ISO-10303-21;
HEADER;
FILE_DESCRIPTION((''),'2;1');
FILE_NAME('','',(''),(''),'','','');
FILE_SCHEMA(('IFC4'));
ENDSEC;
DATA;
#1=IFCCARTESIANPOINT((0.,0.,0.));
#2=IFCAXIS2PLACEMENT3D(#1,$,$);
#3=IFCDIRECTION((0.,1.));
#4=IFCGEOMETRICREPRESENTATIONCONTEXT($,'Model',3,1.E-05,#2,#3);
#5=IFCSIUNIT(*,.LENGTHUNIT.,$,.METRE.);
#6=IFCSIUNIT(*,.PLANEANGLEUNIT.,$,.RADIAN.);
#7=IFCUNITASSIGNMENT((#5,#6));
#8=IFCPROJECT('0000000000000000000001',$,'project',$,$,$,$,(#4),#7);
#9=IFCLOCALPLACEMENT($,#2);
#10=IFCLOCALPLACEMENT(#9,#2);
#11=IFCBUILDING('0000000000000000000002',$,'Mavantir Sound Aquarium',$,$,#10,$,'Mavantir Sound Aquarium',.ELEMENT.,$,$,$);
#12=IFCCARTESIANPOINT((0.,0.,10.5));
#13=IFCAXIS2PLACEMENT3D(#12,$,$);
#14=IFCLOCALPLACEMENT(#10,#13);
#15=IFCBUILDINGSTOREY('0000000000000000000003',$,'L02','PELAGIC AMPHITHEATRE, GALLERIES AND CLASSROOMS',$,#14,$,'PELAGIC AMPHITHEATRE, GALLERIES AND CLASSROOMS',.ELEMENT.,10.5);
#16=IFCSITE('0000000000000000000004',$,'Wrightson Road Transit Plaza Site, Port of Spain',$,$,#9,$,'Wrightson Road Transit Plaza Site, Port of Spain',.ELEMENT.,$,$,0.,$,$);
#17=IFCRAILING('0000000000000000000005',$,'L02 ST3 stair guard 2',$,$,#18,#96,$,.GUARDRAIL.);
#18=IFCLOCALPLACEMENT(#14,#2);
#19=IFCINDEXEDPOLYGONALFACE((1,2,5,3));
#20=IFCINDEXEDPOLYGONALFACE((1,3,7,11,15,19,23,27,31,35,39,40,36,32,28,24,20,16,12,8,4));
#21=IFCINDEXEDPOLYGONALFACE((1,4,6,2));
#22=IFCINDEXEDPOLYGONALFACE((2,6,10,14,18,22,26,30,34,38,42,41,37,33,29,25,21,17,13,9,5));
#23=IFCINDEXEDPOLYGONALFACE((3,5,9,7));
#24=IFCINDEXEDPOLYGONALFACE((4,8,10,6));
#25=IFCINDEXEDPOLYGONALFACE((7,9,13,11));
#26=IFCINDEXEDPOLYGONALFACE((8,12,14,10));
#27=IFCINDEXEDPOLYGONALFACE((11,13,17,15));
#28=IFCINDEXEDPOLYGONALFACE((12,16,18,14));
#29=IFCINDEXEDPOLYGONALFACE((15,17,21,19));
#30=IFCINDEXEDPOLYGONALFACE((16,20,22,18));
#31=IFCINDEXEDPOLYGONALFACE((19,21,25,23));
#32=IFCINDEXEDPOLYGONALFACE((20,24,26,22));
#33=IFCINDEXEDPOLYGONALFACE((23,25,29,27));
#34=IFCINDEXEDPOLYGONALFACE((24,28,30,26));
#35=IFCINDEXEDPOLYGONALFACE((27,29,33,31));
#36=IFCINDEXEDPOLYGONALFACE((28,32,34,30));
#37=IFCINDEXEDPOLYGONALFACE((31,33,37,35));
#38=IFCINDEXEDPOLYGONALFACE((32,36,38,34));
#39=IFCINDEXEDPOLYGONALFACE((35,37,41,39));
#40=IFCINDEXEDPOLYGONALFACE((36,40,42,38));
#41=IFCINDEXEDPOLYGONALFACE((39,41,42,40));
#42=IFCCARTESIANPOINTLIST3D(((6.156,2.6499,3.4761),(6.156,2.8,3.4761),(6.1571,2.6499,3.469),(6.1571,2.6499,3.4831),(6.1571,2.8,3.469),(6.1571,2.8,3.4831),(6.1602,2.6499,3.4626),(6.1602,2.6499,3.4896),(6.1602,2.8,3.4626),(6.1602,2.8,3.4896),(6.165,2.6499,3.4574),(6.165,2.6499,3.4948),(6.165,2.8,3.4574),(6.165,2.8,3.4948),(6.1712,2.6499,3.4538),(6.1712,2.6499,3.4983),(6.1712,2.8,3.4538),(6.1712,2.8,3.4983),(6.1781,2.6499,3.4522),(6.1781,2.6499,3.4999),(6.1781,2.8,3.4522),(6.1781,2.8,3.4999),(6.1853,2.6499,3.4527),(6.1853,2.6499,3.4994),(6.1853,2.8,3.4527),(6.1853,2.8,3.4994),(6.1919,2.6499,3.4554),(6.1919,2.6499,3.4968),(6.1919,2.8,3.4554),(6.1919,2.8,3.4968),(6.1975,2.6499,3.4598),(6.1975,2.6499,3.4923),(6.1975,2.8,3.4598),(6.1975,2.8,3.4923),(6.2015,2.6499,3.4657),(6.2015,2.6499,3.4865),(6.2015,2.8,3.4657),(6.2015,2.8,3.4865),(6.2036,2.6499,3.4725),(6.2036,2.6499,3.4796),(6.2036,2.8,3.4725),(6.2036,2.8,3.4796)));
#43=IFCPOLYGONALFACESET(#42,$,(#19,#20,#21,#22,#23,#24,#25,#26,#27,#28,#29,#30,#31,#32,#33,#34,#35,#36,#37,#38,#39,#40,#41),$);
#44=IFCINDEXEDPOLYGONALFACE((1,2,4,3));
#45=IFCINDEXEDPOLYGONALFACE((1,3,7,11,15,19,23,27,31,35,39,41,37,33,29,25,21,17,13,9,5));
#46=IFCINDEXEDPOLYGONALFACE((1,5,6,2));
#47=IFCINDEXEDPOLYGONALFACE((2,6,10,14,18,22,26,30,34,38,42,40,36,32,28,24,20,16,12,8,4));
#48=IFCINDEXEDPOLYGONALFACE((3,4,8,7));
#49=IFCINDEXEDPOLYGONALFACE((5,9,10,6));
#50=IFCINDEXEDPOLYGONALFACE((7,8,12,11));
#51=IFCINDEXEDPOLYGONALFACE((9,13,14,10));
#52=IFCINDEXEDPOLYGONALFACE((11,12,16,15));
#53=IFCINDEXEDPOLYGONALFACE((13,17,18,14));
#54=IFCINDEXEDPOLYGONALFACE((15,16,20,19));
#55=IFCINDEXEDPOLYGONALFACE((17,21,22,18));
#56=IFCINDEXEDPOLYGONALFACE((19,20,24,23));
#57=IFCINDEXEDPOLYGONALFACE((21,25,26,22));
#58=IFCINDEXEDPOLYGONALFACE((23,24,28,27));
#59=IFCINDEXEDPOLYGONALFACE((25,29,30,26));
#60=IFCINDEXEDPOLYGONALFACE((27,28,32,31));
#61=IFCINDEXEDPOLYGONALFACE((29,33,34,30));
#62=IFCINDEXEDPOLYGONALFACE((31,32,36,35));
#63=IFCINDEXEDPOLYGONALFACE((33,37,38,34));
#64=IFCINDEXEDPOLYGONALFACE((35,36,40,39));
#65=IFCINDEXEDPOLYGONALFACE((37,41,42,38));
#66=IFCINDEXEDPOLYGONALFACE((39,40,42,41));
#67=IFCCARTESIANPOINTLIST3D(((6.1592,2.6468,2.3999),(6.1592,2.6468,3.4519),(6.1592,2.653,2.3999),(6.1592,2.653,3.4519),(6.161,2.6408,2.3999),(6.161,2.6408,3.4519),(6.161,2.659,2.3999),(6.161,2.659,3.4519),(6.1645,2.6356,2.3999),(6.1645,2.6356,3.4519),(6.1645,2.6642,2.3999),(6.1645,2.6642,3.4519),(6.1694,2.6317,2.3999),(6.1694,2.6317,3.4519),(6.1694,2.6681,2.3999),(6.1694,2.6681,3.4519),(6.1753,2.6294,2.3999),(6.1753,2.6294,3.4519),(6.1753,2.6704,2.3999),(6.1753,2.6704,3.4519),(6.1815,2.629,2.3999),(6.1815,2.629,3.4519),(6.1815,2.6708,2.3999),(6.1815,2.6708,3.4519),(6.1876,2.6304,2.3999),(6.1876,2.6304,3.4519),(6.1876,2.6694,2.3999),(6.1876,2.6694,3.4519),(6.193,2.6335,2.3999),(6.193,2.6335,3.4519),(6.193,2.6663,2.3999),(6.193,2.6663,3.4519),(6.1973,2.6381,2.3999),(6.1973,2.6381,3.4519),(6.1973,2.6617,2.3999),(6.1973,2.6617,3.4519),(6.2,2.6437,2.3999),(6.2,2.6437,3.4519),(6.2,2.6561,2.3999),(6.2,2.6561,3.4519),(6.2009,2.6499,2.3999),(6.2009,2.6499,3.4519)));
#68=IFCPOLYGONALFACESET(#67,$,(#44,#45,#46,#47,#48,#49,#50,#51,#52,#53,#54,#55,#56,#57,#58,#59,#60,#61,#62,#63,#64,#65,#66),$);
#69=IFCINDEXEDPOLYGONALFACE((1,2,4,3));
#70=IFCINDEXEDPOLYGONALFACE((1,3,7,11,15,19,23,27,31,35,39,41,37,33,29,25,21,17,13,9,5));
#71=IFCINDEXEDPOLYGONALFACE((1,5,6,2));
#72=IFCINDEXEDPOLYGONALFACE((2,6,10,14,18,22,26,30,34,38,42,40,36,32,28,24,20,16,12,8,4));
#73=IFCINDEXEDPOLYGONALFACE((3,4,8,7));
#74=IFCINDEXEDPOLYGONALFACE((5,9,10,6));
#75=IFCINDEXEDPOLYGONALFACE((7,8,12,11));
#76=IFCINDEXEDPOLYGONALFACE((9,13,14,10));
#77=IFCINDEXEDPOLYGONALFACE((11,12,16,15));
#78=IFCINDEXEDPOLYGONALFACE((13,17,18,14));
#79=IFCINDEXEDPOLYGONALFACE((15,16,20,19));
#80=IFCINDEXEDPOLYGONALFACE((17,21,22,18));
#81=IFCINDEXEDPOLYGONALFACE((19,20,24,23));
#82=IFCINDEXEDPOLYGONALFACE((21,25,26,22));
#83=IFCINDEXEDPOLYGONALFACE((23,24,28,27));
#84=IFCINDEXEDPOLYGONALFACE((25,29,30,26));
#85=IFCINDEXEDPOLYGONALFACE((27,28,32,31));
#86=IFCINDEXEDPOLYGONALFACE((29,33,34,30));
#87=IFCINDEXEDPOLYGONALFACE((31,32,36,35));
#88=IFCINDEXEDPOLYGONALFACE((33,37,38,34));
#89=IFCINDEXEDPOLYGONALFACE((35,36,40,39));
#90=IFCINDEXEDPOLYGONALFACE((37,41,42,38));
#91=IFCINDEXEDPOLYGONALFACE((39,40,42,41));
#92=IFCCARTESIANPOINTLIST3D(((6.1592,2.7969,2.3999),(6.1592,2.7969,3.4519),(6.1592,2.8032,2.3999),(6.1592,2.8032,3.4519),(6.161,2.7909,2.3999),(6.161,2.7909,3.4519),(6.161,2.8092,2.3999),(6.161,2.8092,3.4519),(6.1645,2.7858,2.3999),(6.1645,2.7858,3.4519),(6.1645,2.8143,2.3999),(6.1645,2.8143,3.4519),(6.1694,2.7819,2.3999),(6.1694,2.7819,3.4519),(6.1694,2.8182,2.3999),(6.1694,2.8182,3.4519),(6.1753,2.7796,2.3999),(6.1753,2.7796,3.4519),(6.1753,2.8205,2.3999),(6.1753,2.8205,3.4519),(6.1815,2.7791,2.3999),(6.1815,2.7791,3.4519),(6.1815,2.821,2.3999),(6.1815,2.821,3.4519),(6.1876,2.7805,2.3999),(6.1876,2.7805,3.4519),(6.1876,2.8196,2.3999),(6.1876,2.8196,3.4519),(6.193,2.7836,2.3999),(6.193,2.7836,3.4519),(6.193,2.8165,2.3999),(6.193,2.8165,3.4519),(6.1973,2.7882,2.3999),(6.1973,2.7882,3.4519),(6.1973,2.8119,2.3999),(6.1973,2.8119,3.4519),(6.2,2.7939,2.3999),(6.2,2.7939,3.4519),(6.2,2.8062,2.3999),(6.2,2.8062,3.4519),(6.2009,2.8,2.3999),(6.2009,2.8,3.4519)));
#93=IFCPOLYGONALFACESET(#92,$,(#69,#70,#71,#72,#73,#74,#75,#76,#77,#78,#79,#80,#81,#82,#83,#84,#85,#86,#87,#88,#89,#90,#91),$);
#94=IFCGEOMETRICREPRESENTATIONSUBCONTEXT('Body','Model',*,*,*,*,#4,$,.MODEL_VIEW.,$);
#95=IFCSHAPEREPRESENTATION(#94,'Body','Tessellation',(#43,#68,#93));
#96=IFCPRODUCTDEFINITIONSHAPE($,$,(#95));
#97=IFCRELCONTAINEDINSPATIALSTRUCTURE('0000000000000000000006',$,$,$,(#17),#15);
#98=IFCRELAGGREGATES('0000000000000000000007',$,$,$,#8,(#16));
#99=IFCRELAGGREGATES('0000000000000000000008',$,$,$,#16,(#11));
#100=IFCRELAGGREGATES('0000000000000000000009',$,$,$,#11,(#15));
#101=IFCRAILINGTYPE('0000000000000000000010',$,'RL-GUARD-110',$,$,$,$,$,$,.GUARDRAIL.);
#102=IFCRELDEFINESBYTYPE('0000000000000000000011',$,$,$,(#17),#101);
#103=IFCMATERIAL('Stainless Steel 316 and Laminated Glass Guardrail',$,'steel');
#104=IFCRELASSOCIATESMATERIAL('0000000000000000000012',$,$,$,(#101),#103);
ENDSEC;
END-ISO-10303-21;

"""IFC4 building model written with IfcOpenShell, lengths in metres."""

from ifc_helpers import new_model, si_unit, direction, frame, origin, origin_2d, place, context, subcontext, project, spatial, circle, extrude, material, type_object, element, save


model = new_model("IFC4")

# Units and contexts
model_context = context("Model", 3, precision=1e-05, world=origin(), true_north=direction((0.0, 1.0)))
body_context = subcontext(model_context, "Body", "Model", "MODEL_VIEW")
ifc_project = project(units=[si_unit("LENGTHUNIT", "METRE"), si_unit("PLANEANGLEUNIT", "RADIAN")], contexts=[model_context])

# Site, building, storey
site_placement = place(None, origin())
site = spatial("IfcSite", under=ifc_project, at=site_placement, Name="Wrightson Road Transit Plaza Site, Port of Spain", LongName="Wrightson Road Transit Plaza Site, Port of Spain", CompositionType="ELEMENT", RefElevation=0.0)
building_placement = place(site_placement, origin())
building = spatial("IfcBuilding", under=site, at=building_placement, Name="Mavantir Sound Aquarium", LongName="Mavantir Sound Aquarium", CompositionType="ELEMENT")
storey_placement = place(building_placement, frame((0.0, 0.0, 10.5)))
storey = spatial("IfcBuildingStorey", under=building, at=storey_placement, Name="L02", Description="PELAGIC AMPHITHEATRE, GALLERIES AND CLASSROOMS", LongName="PELAGIC AMPHITHEATRE, GALLERIES AND CLASSROOMS", CompositionType="ELEMENT", Elevation=10.5)

# Railing
ifc_material_1 = material(Name="Stainless Steel 316 and Laminated Glass Guardrail", Category="steel")
railing_type_1 = type_object("IfcRailingType", Name="RL-GUARD-110", PredefinedType="GUARDRAIL", material=ifc_material_1)
railing_1_placement = place(storey_placement, frame((6.1799, 2.6499, 2.3999)))
element("IfcRailing", 1, at=railing_1_placement, inside=storey, type_object=railing_type_1, Name="L02 ST3 stair guard 2", PredefinedType="GUARDRAIL", context=body_context, shape_type="SweptSolid", body=[
    extrude(circle(Radius=0.0239, at=origin_2d()), frame((0.0, 0.0, 1.0762), z_axis=(0.0, 1.0, 0.0), x_axis=(-1.0, 0.0, 0.0)), (0.0, 0.0, 1.0), 0.1501),
    extrude(circle(Radius=0.021, at=origin_2d()), origin(), (0.0, 0.0, 1.0), 1.052),
    extrude(circle(Radius=0.021, at=origin_2d()), frame((0.0, 0.1501, 0.0)), (0.0, 0.0, 1.0), 1.052),
])

save(model, "model.ifc")
